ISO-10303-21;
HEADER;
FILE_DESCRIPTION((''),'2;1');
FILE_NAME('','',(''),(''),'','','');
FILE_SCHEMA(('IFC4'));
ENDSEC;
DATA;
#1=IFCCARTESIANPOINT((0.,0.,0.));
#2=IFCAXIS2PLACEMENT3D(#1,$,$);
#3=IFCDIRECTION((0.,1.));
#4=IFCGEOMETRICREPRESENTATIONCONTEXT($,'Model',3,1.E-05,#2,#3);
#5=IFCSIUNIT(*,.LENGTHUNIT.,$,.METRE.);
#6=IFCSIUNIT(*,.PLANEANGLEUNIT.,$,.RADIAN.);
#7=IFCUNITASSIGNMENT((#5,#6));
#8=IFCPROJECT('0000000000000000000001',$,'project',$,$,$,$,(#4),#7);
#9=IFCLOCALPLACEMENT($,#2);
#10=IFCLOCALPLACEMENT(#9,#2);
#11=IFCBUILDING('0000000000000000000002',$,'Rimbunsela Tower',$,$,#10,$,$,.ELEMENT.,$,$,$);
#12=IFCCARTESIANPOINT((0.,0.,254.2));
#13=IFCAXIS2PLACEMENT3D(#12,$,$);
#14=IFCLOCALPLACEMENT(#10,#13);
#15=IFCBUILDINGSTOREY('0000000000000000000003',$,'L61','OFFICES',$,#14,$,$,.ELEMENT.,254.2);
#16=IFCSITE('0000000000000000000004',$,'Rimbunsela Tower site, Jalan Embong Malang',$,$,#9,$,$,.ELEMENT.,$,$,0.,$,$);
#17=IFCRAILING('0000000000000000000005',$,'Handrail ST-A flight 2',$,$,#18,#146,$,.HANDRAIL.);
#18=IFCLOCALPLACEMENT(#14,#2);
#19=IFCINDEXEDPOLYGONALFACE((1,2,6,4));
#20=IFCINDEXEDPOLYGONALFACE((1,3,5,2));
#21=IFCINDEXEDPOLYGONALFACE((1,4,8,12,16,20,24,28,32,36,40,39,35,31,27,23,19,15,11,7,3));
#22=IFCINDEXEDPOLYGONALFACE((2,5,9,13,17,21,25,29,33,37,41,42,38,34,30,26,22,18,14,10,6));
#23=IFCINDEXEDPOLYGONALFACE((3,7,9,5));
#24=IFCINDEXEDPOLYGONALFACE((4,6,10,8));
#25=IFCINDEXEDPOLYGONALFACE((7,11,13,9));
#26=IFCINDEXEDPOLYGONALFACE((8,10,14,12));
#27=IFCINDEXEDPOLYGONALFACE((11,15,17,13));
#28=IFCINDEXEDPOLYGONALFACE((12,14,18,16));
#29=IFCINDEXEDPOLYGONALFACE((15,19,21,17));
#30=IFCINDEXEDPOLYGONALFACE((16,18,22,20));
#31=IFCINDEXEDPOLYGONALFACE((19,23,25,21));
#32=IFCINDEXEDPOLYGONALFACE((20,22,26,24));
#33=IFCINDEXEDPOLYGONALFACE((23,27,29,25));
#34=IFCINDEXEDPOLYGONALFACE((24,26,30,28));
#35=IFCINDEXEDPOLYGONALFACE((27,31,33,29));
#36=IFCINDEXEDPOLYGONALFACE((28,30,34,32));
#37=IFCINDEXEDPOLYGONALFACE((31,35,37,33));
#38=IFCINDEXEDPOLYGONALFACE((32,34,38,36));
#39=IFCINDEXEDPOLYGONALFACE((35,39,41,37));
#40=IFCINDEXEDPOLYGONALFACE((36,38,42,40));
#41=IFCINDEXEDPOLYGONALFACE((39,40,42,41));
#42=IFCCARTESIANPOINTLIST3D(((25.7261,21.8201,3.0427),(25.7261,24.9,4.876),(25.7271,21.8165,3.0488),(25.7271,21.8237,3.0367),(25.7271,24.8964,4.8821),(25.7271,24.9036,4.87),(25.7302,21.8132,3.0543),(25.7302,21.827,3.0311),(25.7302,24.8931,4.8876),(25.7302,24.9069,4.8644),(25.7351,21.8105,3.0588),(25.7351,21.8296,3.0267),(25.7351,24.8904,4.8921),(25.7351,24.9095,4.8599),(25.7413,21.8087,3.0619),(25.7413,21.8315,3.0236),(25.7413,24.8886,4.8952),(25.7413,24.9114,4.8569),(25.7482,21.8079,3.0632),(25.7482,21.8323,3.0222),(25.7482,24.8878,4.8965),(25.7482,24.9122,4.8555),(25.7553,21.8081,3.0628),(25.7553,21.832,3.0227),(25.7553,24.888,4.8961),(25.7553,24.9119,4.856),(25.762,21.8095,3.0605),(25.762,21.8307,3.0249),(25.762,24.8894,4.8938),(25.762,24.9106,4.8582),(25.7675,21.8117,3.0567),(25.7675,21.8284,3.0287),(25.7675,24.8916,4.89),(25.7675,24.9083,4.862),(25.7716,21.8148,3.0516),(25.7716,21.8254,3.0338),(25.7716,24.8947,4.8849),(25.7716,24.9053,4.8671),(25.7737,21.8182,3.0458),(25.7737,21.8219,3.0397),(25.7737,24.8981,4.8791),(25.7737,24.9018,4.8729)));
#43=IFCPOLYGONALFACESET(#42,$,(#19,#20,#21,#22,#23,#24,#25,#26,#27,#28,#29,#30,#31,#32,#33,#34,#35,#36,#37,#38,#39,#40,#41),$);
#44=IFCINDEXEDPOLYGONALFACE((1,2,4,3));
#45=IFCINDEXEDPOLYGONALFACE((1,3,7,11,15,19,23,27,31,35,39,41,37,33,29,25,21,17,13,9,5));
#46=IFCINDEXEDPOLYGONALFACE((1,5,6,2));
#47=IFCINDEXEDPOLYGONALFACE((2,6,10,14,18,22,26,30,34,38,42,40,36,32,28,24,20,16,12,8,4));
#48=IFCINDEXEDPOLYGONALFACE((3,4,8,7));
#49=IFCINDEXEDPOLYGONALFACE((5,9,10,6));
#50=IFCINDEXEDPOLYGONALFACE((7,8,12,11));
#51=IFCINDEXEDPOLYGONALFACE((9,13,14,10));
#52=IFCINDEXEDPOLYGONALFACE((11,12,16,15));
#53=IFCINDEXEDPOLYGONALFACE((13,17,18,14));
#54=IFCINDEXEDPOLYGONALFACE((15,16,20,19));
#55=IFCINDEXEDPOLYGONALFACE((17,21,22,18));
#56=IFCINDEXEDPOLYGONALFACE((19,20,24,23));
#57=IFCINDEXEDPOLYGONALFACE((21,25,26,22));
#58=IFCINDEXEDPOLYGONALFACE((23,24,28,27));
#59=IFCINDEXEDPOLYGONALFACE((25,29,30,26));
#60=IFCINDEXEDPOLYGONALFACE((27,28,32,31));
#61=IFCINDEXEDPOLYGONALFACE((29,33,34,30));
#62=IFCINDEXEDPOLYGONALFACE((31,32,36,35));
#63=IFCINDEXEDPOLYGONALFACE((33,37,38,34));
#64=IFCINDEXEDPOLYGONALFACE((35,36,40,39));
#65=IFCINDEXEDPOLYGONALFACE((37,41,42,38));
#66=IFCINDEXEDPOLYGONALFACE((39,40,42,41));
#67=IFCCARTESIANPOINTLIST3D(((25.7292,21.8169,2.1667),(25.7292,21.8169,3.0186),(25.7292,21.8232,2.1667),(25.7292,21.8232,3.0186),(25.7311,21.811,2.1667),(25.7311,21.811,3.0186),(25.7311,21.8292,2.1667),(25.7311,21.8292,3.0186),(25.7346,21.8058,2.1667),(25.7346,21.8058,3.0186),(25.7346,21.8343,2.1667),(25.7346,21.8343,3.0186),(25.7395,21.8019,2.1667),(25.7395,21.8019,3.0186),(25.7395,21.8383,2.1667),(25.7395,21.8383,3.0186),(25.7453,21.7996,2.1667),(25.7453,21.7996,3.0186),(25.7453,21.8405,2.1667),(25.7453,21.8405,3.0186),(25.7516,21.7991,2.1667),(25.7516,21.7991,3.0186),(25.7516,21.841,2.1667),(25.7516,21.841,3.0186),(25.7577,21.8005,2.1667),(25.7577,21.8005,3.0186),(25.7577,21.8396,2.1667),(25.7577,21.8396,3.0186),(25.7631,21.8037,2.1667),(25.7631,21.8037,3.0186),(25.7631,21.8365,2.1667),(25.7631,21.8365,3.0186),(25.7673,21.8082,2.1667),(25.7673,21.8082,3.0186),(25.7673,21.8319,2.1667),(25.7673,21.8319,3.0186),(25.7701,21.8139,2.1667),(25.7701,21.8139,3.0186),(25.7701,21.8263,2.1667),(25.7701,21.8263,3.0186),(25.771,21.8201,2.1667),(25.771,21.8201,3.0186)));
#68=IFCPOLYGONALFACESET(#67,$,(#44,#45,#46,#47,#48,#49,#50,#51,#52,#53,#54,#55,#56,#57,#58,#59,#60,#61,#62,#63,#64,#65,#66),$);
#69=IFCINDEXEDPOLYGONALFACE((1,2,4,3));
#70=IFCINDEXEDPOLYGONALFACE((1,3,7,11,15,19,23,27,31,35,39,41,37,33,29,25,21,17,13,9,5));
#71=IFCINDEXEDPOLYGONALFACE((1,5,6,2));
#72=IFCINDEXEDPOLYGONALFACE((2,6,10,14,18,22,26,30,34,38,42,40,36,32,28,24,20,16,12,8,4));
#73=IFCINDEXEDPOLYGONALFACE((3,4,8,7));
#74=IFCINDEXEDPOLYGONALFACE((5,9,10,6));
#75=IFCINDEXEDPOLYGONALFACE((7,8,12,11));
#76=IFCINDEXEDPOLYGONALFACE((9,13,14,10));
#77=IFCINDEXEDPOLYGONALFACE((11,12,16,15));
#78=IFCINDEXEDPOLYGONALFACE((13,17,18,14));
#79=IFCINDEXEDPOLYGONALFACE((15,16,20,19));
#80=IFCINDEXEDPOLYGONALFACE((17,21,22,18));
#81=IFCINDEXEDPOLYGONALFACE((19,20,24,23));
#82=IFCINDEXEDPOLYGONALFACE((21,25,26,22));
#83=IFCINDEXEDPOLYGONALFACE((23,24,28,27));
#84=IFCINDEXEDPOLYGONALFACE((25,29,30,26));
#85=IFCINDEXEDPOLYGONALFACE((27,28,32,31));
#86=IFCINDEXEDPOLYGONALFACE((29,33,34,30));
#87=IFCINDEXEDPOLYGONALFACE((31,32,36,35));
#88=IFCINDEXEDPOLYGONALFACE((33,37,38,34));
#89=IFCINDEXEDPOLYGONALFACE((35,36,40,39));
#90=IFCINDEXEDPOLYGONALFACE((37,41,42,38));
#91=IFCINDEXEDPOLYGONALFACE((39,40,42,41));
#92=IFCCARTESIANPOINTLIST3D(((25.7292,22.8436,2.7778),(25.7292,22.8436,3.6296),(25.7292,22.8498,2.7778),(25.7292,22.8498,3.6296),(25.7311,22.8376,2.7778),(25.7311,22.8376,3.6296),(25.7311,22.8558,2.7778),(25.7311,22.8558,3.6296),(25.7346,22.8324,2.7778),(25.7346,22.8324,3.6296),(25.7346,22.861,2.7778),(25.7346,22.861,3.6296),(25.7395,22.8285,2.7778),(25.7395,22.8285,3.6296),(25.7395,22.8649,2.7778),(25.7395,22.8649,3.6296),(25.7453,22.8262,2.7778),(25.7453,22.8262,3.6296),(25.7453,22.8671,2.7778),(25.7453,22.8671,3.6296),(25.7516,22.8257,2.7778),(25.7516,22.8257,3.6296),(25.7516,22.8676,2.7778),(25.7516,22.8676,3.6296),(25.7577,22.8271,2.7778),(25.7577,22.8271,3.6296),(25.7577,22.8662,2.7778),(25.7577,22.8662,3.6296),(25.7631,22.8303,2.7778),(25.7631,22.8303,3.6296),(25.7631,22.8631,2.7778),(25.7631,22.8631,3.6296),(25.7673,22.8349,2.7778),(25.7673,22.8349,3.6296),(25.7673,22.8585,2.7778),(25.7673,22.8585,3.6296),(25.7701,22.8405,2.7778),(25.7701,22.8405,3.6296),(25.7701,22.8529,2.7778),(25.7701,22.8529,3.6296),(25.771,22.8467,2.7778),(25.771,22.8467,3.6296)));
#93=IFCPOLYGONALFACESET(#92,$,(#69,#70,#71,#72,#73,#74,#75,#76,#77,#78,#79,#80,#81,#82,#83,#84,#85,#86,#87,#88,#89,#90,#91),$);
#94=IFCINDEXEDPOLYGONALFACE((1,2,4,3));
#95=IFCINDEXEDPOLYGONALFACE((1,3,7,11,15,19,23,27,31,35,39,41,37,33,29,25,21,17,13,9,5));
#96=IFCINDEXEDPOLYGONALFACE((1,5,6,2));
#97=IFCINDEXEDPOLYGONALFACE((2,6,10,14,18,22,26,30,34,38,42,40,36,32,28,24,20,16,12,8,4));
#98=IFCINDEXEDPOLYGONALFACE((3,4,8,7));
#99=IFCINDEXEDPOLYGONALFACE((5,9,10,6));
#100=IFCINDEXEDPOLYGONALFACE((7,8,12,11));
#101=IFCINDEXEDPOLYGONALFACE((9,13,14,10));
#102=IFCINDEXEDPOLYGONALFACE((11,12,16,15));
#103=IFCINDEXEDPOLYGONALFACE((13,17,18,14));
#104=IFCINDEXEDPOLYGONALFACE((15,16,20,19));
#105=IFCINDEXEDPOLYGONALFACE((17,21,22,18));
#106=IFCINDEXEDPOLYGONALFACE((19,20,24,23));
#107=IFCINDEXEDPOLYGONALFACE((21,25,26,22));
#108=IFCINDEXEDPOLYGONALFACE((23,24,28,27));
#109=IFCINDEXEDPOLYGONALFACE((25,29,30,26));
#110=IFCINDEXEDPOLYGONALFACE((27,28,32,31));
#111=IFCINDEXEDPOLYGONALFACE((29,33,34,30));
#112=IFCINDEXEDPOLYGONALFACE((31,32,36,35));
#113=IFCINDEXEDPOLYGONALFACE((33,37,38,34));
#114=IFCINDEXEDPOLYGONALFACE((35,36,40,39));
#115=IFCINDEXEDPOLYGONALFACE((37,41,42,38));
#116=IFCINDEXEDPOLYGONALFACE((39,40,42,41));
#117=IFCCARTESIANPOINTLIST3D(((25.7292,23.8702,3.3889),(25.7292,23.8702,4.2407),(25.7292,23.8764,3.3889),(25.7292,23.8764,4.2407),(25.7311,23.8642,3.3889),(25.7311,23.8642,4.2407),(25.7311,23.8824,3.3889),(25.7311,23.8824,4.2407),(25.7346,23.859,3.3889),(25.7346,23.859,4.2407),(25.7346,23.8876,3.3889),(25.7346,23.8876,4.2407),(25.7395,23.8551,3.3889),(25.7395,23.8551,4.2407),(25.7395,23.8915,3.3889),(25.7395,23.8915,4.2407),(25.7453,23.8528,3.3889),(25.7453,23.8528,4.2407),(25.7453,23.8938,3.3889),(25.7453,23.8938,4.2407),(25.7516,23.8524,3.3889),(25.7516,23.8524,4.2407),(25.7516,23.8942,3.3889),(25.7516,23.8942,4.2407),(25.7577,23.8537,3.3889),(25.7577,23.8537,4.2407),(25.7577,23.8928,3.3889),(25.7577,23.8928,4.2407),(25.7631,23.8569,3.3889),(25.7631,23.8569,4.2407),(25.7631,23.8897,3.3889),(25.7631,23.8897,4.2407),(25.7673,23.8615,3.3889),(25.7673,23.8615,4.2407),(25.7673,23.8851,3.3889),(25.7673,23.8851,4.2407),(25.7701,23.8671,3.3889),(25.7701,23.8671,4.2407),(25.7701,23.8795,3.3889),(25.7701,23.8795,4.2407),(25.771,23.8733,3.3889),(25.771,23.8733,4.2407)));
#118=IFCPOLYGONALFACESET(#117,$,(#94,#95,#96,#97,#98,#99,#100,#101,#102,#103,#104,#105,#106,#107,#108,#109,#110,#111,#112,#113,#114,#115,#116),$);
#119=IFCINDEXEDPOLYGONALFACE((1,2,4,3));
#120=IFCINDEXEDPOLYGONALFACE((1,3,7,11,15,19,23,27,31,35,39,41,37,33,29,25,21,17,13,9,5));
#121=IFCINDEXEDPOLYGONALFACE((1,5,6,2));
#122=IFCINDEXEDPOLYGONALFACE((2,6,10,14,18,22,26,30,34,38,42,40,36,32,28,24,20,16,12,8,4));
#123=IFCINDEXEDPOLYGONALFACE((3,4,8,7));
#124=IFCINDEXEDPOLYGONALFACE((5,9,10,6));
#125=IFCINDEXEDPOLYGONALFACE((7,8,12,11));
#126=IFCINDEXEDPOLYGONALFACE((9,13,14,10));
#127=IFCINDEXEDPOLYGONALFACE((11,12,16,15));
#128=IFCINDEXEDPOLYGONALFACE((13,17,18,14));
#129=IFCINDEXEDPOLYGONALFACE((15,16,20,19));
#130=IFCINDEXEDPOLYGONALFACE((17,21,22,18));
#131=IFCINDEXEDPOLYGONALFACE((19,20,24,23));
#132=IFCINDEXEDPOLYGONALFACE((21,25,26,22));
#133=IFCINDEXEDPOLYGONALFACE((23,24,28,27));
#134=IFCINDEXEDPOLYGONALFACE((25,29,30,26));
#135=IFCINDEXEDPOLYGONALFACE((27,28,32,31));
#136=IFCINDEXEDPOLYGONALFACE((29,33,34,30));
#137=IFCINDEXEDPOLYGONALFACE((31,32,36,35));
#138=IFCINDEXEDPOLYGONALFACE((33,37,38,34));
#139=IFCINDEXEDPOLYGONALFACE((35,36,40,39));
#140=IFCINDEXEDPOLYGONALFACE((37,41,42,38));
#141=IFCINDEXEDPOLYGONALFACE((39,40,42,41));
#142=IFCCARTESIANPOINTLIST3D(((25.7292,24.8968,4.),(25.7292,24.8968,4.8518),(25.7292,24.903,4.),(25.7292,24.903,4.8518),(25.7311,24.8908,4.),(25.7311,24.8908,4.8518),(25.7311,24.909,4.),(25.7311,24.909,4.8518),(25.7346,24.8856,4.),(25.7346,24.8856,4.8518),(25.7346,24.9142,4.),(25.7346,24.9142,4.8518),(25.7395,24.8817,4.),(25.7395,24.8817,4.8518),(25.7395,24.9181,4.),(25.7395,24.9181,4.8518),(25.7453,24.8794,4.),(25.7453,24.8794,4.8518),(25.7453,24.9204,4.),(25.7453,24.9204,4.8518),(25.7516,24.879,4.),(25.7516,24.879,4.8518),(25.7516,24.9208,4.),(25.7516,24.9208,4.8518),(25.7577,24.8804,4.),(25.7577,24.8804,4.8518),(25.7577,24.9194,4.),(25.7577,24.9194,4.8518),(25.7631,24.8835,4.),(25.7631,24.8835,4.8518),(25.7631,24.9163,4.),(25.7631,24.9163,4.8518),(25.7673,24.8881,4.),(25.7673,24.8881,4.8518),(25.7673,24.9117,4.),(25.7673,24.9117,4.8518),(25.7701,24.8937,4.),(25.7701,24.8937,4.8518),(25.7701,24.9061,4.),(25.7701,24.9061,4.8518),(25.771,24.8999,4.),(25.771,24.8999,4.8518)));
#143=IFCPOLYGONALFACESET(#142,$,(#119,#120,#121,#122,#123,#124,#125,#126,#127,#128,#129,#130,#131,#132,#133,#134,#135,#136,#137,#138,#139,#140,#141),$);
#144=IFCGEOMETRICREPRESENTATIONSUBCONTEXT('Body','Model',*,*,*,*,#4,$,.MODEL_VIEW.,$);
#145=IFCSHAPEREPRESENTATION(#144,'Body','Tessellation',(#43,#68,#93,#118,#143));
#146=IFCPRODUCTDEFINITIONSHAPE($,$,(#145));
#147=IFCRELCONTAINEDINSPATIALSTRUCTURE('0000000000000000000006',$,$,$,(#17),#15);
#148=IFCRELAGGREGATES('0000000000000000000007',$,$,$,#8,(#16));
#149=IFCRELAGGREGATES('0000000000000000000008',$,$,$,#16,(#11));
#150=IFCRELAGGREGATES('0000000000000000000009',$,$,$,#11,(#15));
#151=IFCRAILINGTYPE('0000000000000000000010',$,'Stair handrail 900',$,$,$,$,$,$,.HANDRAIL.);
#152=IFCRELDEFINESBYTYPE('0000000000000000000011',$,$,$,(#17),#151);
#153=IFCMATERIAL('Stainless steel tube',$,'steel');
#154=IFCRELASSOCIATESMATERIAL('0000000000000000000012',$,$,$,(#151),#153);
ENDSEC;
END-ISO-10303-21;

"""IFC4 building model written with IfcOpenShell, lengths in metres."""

from ifc_helpers import new_model, si_unit, direction, frame, origin, origin_2d, place, context, subcontext, project, spatial, circle, extrude, material, type_object, element, save


model = new_model("IFC4")

# Units and contexts
model_context = context("Model", 3, precision=1e-05, world=origin(), true_north=direction((0.0, 1.0)))
body_context = subcontext(model_context, "Body", "Model", "MODEL_VIEW")
ifc_project = project(units=[si_unit("LENGTHUNIT", "METRE"), si_unit("PLANEANGLEUNIT", "RADIAN")], contexts=[model_context])

# Site, building, storey
site_placement = place(None, origin())
site = spatial("IfcSite", under=ifc_project, at=site_placement, Name="Rimbunsela Tower site, Jalan Embong Malang", CompositionType="ELEMENT", RefElevation=0.0)
building_placement = place(site_placement, origin())
building = spatial("IfcBuilding", under=site, at=building_placement, Name="Rimbunsela Tower", CompositionType="ELEMENT")
storey_placement = place(building_placement, frame((0.0, 0.0, 254.2)))
storey = spatial("IfcBuildingStorey", under=building, at=storey_placement, Name="L61", Description="OFFICES", CompositionType="ELEMENT", Elevation=254.2)

# Railing
ifc_material_1 = material(Name="Stainless steel tube", Category="steel")
railing_type = type_object("IfcRailingType", Name="Stair handrail 900", PredefinedType="HANDRAIL", material=ifc_material_1)
for number, where, name in (
    (1, (25.75, 21.8201, 2.1667), "Handrail ST-A flight 2"),
):
    element("IfcRailing", number, at=place(storey_placement, frame(where)), inside=storey, type_object=railing_type, Name=name, PredefinedType="HANDRAIL", context=body_context, shape_type="SweptSolid", body=[
        extrude(circle(Radius=0.0239, at=origin_2d()), frame((0.0, 0.0, 0.876), z_axis=(0.0, 0.859291, 0.511487), x_axis=(-1.0, 0.0, 0.0)), (0.0, 0.0, 1.0), 3.5842),
        extrude(circle(Radius=0.021, at=origin_2d()), origin(), (0.0, 0.0, 1.0), 0.8518),
        extrude(circle(Radius=0.021, at=origin_2d()), frame((0.0, 1.0266, 0.6111)), (0.0, 0.0, 1.0), 0.8518),
        extrude(circle(Radius=0.021, at=origin_2d()), frame((0.0, 2.0532, 1.2222)), (0.0, 0.0, 1.0), 0.8518),
        extrude(circle(Radius=0.021, at=origin_2d()), frame((0.0, 3.0798, 1.8333)), (0.0, 0.0, 1.0), 0.8518),
    ])

save(model, "model.ifc")
